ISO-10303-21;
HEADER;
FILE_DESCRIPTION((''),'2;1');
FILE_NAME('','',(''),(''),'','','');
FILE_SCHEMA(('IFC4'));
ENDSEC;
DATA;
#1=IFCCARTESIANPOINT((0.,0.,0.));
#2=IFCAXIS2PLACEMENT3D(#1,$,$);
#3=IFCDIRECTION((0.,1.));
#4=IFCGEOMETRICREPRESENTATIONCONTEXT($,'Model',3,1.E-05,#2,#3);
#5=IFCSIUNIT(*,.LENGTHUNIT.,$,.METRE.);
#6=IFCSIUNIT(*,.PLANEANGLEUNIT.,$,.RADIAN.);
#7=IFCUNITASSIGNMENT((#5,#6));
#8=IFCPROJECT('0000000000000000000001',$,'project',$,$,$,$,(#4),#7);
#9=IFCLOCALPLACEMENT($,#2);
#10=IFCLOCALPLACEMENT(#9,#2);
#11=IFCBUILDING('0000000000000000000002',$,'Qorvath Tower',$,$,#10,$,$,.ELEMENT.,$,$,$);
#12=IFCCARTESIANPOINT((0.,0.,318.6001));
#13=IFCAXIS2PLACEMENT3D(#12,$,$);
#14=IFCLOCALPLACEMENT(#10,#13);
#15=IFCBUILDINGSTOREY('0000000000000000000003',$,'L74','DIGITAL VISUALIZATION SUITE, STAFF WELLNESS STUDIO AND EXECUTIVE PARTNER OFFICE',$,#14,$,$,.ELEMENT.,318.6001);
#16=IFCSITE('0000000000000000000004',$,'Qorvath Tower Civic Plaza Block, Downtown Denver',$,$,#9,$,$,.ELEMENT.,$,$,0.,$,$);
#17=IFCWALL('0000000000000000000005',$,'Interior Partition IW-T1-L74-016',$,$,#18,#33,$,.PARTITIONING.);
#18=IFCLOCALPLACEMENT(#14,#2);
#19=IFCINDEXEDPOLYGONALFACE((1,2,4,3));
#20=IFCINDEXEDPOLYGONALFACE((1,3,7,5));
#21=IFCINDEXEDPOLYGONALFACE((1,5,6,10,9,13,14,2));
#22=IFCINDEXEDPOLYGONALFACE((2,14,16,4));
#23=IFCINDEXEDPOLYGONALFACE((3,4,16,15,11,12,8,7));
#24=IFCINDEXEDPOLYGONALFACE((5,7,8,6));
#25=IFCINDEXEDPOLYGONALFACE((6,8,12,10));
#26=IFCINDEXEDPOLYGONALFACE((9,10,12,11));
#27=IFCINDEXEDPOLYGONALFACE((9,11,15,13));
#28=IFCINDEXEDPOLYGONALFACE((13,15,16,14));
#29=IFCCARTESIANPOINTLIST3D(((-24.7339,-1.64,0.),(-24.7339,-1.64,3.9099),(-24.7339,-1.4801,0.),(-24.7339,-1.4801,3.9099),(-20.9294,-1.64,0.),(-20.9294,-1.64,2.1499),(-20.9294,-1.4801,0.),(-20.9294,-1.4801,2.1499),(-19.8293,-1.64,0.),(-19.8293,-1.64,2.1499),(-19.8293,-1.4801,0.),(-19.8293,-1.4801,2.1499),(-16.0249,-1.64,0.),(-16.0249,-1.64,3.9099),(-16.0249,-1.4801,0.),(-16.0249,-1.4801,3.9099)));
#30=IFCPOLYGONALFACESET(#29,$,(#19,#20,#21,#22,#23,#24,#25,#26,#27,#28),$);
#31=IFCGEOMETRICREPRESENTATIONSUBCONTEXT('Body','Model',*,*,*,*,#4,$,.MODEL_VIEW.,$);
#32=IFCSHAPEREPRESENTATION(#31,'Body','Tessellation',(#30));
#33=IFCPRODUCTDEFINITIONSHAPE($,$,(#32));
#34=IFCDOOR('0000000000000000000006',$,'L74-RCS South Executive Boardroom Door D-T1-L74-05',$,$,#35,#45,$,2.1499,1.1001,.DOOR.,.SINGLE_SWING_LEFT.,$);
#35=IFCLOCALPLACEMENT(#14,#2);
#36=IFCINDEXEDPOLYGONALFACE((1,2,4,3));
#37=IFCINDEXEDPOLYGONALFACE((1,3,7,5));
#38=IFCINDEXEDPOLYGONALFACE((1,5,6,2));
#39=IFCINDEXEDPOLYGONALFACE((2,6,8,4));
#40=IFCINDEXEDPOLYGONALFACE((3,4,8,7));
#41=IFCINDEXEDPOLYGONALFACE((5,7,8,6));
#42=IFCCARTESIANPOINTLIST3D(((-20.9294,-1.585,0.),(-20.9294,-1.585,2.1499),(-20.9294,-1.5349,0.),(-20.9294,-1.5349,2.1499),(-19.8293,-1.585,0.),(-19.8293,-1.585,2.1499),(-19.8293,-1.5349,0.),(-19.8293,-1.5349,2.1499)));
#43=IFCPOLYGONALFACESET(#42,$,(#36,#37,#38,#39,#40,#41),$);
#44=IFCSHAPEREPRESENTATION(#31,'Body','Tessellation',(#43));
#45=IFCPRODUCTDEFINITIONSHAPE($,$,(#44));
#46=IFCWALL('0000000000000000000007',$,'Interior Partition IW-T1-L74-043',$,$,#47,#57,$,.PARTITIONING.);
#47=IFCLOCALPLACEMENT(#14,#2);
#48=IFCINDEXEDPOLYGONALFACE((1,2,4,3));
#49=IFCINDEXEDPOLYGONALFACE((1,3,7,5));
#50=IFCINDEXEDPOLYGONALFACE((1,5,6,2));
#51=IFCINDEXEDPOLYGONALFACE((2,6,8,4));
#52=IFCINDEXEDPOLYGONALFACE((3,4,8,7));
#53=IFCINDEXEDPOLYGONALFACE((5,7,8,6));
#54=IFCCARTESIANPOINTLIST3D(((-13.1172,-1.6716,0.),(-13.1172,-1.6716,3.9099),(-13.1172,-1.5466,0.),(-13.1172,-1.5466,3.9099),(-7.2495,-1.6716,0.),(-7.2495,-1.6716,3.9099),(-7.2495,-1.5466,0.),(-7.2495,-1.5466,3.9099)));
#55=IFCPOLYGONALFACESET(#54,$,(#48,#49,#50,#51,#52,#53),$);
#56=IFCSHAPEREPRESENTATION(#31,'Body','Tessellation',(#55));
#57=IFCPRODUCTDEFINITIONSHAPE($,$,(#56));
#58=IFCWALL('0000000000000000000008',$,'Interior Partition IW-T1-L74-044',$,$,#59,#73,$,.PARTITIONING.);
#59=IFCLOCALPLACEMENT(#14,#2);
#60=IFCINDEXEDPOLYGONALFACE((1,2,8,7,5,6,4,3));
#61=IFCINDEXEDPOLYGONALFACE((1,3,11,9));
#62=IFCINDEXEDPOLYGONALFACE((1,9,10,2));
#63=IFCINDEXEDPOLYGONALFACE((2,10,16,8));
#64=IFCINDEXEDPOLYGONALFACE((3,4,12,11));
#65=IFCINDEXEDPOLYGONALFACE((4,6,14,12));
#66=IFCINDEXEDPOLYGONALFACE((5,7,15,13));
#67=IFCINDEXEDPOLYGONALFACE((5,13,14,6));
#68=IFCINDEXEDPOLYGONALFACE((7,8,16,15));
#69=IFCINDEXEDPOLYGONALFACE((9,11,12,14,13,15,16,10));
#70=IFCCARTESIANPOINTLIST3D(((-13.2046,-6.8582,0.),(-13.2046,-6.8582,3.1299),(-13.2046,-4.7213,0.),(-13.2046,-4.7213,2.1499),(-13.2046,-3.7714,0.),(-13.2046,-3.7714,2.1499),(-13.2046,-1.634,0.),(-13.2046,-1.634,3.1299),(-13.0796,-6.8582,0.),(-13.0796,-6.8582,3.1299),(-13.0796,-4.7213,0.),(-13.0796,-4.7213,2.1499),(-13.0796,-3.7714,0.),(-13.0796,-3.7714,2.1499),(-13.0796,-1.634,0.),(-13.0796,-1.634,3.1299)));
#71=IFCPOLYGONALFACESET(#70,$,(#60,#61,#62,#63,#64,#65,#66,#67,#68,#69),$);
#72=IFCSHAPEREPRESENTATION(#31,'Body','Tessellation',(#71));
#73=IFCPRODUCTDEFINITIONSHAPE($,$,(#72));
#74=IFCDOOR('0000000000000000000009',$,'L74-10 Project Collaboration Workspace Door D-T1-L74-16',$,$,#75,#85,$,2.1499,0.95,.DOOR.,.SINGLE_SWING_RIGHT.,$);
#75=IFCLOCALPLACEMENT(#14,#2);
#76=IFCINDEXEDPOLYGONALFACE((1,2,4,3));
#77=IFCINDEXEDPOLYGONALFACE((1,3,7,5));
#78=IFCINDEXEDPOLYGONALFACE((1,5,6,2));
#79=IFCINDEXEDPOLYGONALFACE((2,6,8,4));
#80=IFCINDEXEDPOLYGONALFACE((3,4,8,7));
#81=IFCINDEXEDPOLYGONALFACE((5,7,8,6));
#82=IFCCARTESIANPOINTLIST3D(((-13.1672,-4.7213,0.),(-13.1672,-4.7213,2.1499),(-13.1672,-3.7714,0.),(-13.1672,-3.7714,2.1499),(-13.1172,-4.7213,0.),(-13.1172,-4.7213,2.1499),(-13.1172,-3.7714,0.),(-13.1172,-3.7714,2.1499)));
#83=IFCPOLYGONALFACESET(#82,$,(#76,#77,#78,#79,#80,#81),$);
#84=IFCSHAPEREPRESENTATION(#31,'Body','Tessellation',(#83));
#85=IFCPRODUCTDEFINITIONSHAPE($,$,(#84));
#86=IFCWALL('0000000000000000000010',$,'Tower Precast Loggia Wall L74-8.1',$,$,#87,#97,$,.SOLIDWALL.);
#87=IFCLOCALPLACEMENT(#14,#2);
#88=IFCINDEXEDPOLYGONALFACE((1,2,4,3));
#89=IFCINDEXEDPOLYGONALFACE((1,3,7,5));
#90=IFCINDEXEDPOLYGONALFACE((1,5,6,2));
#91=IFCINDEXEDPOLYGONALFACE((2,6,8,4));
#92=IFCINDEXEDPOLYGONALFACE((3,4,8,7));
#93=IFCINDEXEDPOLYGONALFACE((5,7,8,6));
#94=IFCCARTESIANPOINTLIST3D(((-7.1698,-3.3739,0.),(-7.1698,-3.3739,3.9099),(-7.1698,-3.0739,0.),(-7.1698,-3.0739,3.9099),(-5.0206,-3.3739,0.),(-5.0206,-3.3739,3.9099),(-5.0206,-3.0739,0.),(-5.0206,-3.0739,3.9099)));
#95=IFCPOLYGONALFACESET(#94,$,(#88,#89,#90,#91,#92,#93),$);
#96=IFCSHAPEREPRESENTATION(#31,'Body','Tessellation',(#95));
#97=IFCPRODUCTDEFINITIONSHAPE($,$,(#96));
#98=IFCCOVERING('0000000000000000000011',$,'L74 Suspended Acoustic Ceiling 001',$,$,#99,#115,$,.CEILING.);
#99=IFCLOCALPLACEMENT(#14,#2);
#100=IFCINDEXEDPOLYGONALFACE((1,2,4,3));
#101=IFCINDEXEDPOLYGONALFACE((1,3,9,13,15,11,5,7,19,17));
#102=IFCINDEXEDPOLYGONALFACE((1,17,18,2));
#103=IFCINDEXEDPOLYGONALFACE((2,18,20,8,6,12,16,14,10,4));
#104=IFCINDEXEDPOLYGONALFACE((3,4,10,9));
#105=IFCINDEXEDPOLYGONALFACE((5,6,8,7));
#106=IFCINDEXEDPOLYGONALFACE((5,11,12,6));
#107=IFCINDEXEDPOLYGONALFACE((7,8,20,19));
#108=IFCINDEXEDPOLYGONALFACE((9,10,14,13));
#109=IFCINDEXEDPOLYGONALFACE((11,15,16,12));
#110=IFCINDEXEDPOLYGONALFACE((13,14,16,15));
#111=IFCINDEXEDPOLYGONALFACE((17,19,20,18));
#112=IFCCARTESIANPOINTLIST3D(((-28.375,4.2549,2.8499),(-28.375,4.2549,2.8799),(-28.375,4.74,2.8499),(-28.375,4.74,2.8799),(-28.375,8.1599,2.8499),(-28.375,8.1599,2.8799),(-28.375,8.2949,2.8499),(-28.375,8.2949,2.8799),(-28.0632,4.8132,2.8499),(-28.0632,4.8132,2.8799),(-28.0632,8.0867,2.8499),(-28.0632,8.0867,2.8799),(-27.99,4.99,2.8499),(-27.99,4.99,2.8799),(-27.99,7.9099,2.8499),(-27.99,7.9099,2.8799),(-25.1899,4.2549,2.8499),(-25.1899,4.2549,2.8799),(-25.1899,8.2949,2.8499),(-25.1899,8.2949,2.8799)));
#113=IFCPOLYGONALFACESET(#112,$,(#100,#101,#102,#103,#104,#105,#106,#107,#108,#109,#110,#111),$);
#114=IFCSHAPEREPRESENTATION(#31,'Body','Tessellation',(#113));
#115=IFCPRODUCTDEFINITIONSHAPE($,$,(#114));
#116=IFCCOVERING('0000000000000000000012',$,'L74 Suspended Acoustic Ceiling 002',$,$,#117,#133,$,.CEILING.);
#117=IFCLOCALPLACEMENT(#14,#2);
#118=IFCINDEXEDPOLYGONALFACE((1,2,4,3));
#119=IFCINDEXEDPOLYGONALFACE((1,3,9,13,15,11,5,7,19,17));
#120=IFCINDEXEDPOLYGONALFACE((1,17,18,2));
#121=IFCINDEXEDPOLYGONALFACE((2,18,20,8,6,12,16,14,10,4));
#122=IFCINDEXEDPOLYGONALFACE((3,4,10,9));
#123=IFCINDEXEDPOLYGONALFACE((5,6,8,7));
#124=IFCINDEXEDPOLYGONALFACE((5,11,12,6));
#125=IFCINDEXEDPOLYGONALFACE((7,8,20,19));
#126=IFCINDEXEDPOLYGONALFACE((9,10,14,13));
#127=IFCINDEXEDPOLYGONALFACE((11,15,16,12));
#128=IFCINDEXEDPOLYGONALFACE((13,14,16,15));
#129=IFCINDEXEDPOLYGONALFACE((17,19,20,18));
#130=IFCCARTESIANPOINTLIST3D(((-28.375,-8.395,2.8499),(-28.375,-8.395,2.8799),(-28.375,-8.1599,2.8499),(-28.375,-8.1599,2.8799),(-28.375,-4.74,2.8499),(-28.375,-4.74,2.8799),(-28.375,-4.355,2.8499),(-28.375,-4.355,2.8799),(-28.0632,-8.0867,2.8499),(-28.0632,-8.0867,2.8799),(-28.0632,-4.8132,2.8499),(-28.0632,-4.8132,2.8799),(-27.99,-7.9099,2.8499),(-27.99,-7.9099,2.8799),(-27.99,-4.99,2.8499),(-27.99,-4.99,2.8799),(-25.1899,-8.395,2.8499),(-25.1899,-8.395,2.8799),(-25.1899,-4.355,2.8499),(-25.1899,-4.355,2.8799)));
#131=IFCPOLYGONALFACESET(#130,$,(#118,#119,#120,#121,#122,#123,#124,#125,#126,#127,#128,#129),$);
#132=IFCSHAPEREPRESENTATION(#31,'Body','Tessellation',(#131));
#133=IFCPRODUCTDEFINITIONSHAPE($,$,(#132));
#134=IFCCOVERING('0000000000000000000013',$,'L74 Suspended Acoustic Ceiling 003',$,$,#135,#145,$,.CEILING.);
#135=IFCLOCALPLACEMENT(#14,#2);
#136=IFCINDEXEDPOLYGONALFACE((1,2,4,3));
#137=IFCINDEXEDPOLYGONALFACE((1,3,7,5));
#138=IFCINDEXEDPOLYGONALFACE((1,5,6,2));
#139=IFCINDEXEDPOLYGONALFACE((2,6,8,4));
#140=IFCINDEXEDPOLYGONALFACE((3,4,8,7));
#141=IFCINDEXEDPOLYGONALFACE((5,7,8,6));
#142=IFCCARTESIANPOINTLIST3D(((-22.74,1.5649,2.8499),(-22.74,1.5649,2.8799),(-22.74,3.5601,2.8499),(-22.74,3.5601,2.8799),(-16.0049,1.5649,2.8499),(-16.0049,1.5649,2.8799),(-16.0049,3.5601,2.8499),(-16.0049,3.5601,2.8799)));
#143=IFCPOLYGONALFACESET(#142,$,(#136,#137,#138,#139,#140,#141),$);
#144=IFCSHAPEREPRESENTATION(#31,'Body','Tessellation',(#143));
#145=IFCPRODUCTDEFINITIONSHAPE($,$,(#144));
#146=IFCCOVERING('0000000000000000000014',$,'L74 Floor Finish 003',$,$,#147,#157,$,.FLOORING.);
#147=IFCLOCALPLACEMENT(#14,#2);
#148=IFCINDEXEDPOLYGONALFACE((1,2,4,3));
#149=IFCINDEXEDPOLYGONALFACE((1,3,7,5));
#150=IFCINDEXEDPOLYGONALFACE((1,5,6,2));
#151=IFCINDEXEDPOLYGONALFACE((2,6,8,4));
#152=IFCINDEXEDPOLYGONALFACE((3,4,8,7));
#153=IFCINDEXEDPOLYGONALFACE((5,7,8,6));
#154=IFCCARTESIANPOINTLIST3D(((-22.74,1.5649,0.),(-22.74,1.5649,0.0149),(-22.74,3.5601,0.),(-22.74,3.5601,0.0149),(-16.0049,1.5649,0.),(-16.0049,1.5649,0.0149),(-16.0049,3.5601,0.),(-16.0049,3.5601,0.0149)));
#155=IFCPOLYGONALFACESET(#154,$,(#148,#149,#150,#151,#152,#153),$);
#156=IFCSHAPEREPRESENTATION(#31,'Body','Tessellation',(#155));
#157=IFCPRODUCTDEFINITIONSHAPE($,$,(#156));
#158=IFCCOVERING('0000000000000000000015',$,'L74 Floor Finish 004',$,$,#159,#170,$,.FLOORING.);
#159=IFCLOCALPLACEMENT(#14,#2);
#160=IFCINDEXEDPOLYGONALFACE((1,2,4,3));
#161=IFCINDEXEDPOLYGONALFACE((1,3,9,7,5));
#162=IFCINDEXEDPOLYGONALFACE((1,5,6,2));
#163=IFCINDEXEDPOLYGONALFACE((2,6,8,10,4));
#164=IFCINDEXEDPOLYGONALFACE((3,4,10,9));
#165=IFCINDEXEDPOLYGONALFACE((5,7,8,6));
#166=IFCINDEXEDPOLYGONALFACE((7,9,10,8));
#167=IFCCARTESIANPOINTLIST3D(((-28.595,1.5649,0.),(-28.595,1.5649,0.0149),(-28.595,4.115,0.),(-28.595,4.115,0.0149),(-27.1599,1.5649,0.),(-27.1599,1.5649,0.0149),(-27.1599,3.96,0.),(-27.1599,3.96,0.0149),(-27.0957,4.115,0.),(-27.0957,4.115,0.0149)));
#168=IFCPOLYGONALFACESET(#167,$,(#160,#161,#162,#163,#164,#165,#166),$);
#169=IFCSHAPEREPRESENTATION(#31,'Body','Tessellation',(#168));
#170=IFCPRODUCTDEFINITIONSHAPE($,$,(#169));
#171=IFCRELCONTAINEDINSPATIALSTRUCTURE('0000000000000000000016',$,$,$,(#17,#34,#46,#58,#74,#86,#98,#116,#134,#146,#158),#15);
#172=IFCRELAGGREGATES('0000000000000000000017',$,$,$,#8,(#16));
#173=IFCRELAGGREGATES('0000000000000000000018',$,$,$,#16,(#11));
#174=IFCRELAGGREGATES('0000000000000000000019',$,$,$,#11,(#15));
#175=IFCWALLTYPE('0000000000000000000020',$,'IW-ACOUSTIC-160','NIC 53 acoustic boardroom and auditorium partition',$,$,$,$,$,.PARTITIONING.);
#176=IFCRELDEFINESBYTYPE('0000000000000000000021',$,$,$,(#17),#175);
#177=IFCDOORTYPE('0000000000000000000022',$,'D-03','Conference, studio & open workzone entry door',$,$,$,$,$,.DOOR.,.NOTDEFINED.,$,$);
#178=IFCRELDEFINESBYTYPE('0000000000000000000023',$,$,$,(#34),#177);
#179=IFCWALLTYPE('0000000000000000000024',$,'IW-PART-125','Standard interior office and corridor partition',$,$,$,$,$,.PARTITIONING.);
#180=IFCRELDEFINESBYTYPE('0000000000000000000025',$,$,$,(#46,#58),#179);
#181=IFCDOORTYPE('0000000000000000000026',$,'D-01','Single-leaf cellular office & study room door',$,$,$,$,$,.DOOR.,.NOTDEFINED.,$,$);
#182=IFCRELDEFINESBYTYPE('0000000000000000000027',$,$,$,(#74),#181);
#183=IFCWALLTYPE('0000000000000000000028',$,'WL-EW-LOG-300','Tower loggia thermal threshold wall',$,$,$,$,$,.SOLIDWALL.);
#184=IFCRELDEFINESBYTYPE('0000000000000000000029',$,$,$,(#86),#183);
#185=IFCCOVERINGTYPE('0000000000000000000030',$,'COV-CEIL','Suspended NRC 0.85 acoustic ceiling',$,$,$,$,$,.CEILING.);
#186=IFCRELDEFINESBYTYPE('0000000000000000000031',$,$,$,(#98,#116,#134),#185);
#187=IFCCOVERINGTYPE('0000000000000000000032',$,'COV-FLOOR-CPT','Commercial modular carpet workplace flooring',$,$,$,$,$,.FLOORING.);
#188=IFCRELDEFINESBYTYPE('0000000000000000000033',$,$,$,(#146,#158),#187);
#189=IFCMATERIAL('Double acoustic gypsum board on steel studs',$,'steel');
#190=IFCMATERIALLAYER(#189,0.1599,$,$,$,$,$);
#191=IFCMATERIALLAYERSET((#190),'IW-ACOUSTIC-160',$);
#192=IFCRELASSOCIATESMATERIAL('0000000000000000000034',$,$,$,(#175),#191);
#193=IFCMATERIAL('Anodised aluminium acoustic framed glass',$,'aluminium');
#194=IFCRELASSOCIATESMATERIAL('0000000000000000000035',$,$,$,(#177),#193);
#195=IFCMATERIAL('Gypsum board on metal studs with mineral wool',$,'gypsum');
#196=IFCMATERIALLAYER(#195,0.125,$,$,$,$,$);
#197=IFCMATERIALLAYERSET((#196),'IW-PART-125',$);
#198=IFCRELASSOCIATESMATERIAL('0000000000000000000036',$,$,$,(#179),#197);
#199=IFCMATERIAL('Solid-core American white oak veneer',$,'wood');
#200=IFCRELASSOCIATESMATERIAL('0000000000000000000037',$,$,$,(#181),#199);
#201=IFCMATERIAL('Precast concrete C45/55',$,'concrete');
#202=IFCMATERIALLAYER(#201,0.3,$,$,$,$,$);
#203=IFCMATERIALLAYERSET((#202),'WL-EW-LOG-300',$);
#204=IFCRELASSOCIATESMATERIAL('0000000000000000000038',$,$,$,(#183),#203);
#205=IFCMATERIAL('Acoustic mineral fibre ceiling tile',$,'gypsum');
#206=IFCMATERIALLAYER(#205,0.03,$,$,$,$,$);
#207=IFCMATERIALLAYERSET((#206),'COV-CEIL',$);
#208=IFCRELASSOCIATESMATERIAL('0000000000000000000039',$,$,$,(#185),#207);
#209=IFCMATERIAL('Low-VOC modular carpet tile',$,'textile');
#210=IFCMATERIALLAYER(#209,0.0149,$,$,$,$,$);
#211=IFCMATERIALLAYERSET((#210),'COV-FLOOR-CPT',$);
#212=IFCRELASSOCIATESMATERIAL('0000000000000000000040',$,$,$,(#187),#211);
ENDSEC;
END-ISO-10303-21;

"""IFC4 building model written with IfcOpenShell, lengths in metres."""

from ifc_helpers import new_model, si_unit, direction, frame, frame_2d, origin, place, context, subcontext, project, spatial, polyline, rectangle, outline, extrude, material, layer, layer_set, type_object, element, fill, save


model = new_model("IFC4")

# Units and contexts
model_context = context("Model", 3, precision=1e-05, world=origin(), true_north=direction((0.0, 1.0)))
body_context = subcontext(model_context, "Body", "Model", "MODEL_VIEW")
ifc_project = project(units=[si_unit("LENGTHUNIT", "METRE"), si_unit("PLANEANGLEUNIT", "RADIAN")], contexts=[model_context])

# Site, building, storey
site_placement = place(None, origin())
site = spatial("IfcSite", under=ifc_project, at=site_placement, Name="Qorvath Tower Civic Plaza Block, Downtown Denver", CompositionType="ELEMENT", RefElevation=0.0)
building_placement = place(site_placement, origin())
building = spatial("IfcBuilding", under=site, at=building_placement, Name="Qorvath Tower", CompositionType="ELEMENT")
storey_placement = place(building_placement, frame((0.0, 0.0, 318.6001)))
storey = spatial("IfcBuildingStorey", under=building, at=storey_placement, Name="L74", Description="DIGITAL VISUALIZATION SUITE, STAFF WELLNESS STUDIO AND EXECUTIVE PARTNER OFFICE", CompositionType="ELEMENT", Elevation=318.6001)

# Wall, opening, door
ifc_material_1 = material(Name="Double acoustic gypsum board on steel studs", Category="steel")
ifc_layer_1 = layer(ifc_material_1, 0.1599)
ifc_layer_set_1 = layer_set([ifc_layer_1], Name="IW-ACOUSTIC-160")
wall_type_1 = type_object("IfcWallType", Name="IW-ACOUSTIC-160", Description="NIC 53 acoustic boardroom and auditorium partition", PredefinedType="PARTITIONING", material=ifc_layer_set_1)
wall_1_placement = place(storey_placement, frame((-16.0249, -1.5601, 0.0), z_axis=(0.0, 0.0, 1.0), x_axis=(-1.0, 0.0, 0.0)))
wall_1 = element("IfcWall", 1, at=wall_1_placement, inside=storey, type_object=wall_type_1, Name="Interior Partition IW-T1-L74-016", PredefinedType="PARTITIONING", context=body_context, shape_type="SweptSolid", body=[
    extrude(rectangle(XDim=8.709, YDim=0.1599, at=frame_2d((4.3545, 0.0))), origin(), (0.0, 0.0, 1.0), 3.9099),
])
opening_1_placement = place(wall_1_placement, frame((3.8044, 0.0, 0.0)))
opening_1 = element("IfcOpeningElement", 2, at=opening_1_placement, cuts=wall_1, PredefinedType="OPENING", context=body_context, shape_type="SweptSolid", body=[
    extrude(rectangle(XDim=1.1001, YDim=2.1499, at=frame_2d((0.55, 1.075))), frame((0.0, 0.0898, 0.0), z_axis=(0.0, -1.0, 0.0), x_axis=(1.0, 0.0, 0.0)), (0.0, 0.0, 1.0), 0.1799),
])
ifc_material_2 = material(Name="Anodised aluminium acoustic framed glass", Category="aluminium")
door_type_1 = type_object("IfcDoorType", Name="D-03", Description="Conference, studio & open workzone entry door", OperationType="NOTDEFINED", PredefinedType="DOOR", material=ifc_material_2)
door_1_placement = place(opening_1_placement, origin())
door_1 = element("IfcDoor", 3, at=door_1_placement, inside=storey, type_object=door_type_1, Name="L74-RCS South Executive Boardroom Door D-T1-L74-05", OperationType="SINGLE_SWING_LEFT", OverallHeight=2.1499, OverallWidth=1.1001, PredefinedType="DOOR", context=body_context, shape_type="SweptSolid", body=[
    extrude(rectangle(XDim=1.1001, YDim=2.1499, at=frame_2d((0.55, 1.075))), frame((0.0, 0.0249, 0.0), z_axis=(0.0, -1.0, 0.0), x_axis=(1.0, 0.0, 0.0)), (0.0, 0.0, 1.0), 0.05),
])
fill(opening_1, door_1)

# Wall
ifc_material_3 = material(Name="Gypsum board on metal studs with mineral wool", Category="gypsum")
ifc_layer_2 = layer(ifc_material_3, 0.125)
ifc_layer_set_2 = layer_set([ifc_layer_2], Name="IW-PART-125")
wall_type_2 = type_object("IfcWallType", Name="IW-PART-125", Description="Standard interior office and corridor partition", PredefinedType="PARTITIONING", material=ifc_layer_set_2)
wall_2_placement = place(storey_placement, frame((-7.2495, -1.6091, 0.0), z_axis=(0.0, 0.0, 1.0), x_axis=(-1.0, 0.0, 0.0)))
element("IfcWall", 4, at=wall_2_placement, inside=storey, type_object=wall_type_2, Name="Interior Partition IW-T1-L74-043", PredefinedType="PARTITIONING", context=body_context, shape_type="SweptSolid", body=[
    extrude(rectangle(XDim=5.8677, YDim=0.125, at=frame_2d((2.9338, 0.0))), origin(), (0.0, 0.0, 1.0), 3.9099),
])

# Wall, opening, door
wall_3_placement = place(storey_placement, frame((-13.1421, -1.634, 0.0), z_axis=(0.0, 0.0, 1.0), x_axis=(0.0, -1.0, 0.0)))
wall_3 = element("IfcWall", 5, at=wall_3_placement, inside=storey, type_object=wall_type_2, Name="Interior Partition IW-T1-L74-044", PredefinedType="PARTITIONING", context=body_context, shape_type="SweptSolid", body=[
    extrude(rectangle(XDim=5.2241, YDim=0.125, at=frame_2d((2.6121, 0.0))), origin(), (0.0, 0.0, 1.0), 3.1299),
])
opening_2_placement = place(wall_3_placement, frame((2.1372, 0.0, 0.0)))
opening_2 = element("IfcOpeningElement", 6, at=opening_2_placement, cuts=wall_3, PredefinedType="OPENING", context=body_context, shape_type="SweptSolid", body=[
    extrude(rectangle(XDim=0.95, YDim=2.1499, at=frame_2d((0.4751, 1.075))), frame((0.0, 0.0725, 0.0), z_axis=(0.0, -1.0, 0.0), x_axis=(1.0, 0.0, 0.0)), (0.0, 0.0, 1.0), 0.145),
])
ifc_material_4 = material(Name="Solid-core American white oak veneer", Category="wood")
door_type_2 = type_object("IfcDoorType", Name="D-01", Description="Single-leaf cellular office & study room door", OperationType="NOTDEFINED", PredefinedType="DOOR", material=ifc_material_4)
door_2_placement = place(opening_2_placement, origin())
door_2 = element("IfcDoor", 7, at=door_2_placement, inside=storey, type_object=door_type_2, Name="L74-10 Project Collaboration Workspace Door D-T1-L74-16", OperationType="SINGLE_SWING_RIGHT", OverallHeight=2.1499, OverallWidth=0.95, PredefinedType="DOOR", context=body_context, shape_type="SweptSolid", body=[
    extrude(rectangle(XDim=0.95, YDim=2.1499, at=frame_2d((0.4751, 1.075))), frame((0.0, 0.0249, 0.0), z_axis=(0.0, -1.0, 0.0), x_axis=(1.0, 0.0, 0.0)), (0.0, 0.0, 1.0), 0.05),
])
fill(opening_2, door_2)

# Wall
ifc_material_5 = material(Name="Precast concrete C45/55", Category="concrete")
ifc_layer_3 = layer(ifc_material_5, 0.3)
ifc_layer_set_3 = layer_set([ifc_layer_3], Name="WL-EW-LOG-300")
wall_type_3 = type_object("IfcWallType", Name="WL-EW-LOG-300", Description="Tower loggia thermal threshold wall", PredefinedType="SOLIDWALL", material=ifc_layer_set_3)
wall_4_placement = place(storey_placement, frame((-5.0205, -3.2239, 0.0), z_axis=(0.0, 0.0, 1.0), x_axis=(-1.0, 0.0, 0.0)))
element("IfcWall", 8, at=wall_4_placement, inside=storey, type_object=wall_type_3, Name="Tower Precast Loggia Wall L74-8.1", PredefinedType="SOLIDWALL", context=body_context, shape_type="SweptSolid", body=[
    extrude(rectangle(XDim=2.1492, YDim=0.3, at=frame_2d((1.0747, 0.0))), origin(), (0.0, 0.0, 1.0), 3.9099),
])

# Coverings
ifc_material_6 = material(Name="Acoustic mineral fibre ceiling tile", Category="gypsum")
ifc_layer_4 = layer(ifc_material_6, 0.03)
ifc_layer_set_4 = layer_set([ifc_layer_4], Name="COV-CEIL")
covering_type_1 = type_object("IfcCoveringType", Name="COV-CEIL", Description="Suspended NRC 0.85 acoustic ceiling", PredefinedType="CEILING", material=ifc_layer_set_4)
covering_1_placement = place(storey_placement, frame((0.0, 0.0, 2.8499)))
element("IfcCovering", 9, at=covering_1_placement, inside=storey, type_object=covering_type_1, Name="L74 Suspended Acoustic Ceiling 001", PredefinedType="CEILING", context=body_context, shape_type="SweptSolid", body=[
    extrude(outline(polyline([(-25.1899, 4.2549), (-25.1899, 8.2949), (-28.375, 8.2949), (-28.375, 8.1599), (-28.0632, 8.0867), (-27.99, 7.9099), (-27.99, 4.99), (-28.0632, 4.8132), (-28.375, 4.74), (-28.375, 4.2549), (-25.1899, 4.2549)])), origin(), (0.0, 0.0, 1.0), 0.03),
])
covering_2_placement = place(storey_placement, frame((0.0, 0.0, 2.8499)))
element("IfcCovering", 10, at=covering_2_placement, inside=storey, type_object=covering_type_1, Name="L74 Suspended Acoustic Ceiling 002", PredefinedType="CEILING", context=body_context, shape_type="SweptSolid", body=[
    extrude(outline(polyline([(-25.1899, -8.395), (-25.1899, -4.355), (-28.375, -4.355), (-28.375, -4.74), (-28.0632, -4.8132), (-27.99, -4.99), (-27.99, -7.9099), (-28.0632, -8.0867), (-28.375, -8.1599), (-28.375, -8.395), (-25.1899, -8.395)])), origin(), (0.0, 0.0, 1.0), 0.03),
])
covering_3_placement = place(storey_placement, frame((0.0, 0.0, 2.8499)))
element("IfcCovering", 11, at=covering_3_placement, inside=storey, type_object=covering_type_1, Name="L74 Suspended Acoustic Ceiling 003", PredefinedType="CEILING", context=body_context, shape_type="SweptSolid", body=[
    extrude(outline(polyline([(-16.0049, 3.5601), (-22.74, 3.5601), (-22.74, 1.5649), (-16.0049, 1.5649), (-16.0049, 3.5601)])), origin(), (0.0, 0.0, 1.0), 0.03),
])
ifc_material_7 = material(Name="Low-VOC modular carpet tile", Category="textile")
ifc_layer_5 = layer(ifc_material_7, 0.0149)
ifc_layer_set_5 = layer_set([ifc_layer_5], Name="COV-FLOOR-CPT")
covering_type_2 = type_object("IfcCoveringType", Name="COV-FLOOR-CPT", Description="Commercial modular carpet workplace flooring", PredefinedType="FLOORING", material=ifc_layer_set_5)
covering_4_placement = place(storey_placement, origin())
element("IfcCovering", 12, at=covering_4_placement, inside=storey, type_object=covering_type_2, Name="L74 Floor Finish 003", PredefinedType="FLOORING", context=body_context, shape_type="SweptSolid", body=[
    extrude(outline(polyline([(-16.0049, 3.5601), (-22.74, 3.5601), (-22.74, 1.5649), (-16.0049, 1.5649), (-16.0049, 3.5601)])), origin(), (0.0, 0.0, 1.0), 0.0149),
])
covering_5_placement = place(storey_placement, origin())
element("IfcCovering", 13, at=covering_5_placement, inside=storey, type_object=covering_type_2, Name="L74 Floor Finish 004", PredefinedType="FLOORING", context=body_context, shape_type="SweptSolid", body=[
    extrude(outline(polyline([(-27.1599, 1.5649), (-27.1599, 3.96), (-27.0957, 4.115), (-28.595, 4.115), (-28.595, 1.5649), (-27.1599, 1.5649)])), origin(), (0.0, 0.0, 1.0), 0.0149),
])

save(model, "model.ifc")
